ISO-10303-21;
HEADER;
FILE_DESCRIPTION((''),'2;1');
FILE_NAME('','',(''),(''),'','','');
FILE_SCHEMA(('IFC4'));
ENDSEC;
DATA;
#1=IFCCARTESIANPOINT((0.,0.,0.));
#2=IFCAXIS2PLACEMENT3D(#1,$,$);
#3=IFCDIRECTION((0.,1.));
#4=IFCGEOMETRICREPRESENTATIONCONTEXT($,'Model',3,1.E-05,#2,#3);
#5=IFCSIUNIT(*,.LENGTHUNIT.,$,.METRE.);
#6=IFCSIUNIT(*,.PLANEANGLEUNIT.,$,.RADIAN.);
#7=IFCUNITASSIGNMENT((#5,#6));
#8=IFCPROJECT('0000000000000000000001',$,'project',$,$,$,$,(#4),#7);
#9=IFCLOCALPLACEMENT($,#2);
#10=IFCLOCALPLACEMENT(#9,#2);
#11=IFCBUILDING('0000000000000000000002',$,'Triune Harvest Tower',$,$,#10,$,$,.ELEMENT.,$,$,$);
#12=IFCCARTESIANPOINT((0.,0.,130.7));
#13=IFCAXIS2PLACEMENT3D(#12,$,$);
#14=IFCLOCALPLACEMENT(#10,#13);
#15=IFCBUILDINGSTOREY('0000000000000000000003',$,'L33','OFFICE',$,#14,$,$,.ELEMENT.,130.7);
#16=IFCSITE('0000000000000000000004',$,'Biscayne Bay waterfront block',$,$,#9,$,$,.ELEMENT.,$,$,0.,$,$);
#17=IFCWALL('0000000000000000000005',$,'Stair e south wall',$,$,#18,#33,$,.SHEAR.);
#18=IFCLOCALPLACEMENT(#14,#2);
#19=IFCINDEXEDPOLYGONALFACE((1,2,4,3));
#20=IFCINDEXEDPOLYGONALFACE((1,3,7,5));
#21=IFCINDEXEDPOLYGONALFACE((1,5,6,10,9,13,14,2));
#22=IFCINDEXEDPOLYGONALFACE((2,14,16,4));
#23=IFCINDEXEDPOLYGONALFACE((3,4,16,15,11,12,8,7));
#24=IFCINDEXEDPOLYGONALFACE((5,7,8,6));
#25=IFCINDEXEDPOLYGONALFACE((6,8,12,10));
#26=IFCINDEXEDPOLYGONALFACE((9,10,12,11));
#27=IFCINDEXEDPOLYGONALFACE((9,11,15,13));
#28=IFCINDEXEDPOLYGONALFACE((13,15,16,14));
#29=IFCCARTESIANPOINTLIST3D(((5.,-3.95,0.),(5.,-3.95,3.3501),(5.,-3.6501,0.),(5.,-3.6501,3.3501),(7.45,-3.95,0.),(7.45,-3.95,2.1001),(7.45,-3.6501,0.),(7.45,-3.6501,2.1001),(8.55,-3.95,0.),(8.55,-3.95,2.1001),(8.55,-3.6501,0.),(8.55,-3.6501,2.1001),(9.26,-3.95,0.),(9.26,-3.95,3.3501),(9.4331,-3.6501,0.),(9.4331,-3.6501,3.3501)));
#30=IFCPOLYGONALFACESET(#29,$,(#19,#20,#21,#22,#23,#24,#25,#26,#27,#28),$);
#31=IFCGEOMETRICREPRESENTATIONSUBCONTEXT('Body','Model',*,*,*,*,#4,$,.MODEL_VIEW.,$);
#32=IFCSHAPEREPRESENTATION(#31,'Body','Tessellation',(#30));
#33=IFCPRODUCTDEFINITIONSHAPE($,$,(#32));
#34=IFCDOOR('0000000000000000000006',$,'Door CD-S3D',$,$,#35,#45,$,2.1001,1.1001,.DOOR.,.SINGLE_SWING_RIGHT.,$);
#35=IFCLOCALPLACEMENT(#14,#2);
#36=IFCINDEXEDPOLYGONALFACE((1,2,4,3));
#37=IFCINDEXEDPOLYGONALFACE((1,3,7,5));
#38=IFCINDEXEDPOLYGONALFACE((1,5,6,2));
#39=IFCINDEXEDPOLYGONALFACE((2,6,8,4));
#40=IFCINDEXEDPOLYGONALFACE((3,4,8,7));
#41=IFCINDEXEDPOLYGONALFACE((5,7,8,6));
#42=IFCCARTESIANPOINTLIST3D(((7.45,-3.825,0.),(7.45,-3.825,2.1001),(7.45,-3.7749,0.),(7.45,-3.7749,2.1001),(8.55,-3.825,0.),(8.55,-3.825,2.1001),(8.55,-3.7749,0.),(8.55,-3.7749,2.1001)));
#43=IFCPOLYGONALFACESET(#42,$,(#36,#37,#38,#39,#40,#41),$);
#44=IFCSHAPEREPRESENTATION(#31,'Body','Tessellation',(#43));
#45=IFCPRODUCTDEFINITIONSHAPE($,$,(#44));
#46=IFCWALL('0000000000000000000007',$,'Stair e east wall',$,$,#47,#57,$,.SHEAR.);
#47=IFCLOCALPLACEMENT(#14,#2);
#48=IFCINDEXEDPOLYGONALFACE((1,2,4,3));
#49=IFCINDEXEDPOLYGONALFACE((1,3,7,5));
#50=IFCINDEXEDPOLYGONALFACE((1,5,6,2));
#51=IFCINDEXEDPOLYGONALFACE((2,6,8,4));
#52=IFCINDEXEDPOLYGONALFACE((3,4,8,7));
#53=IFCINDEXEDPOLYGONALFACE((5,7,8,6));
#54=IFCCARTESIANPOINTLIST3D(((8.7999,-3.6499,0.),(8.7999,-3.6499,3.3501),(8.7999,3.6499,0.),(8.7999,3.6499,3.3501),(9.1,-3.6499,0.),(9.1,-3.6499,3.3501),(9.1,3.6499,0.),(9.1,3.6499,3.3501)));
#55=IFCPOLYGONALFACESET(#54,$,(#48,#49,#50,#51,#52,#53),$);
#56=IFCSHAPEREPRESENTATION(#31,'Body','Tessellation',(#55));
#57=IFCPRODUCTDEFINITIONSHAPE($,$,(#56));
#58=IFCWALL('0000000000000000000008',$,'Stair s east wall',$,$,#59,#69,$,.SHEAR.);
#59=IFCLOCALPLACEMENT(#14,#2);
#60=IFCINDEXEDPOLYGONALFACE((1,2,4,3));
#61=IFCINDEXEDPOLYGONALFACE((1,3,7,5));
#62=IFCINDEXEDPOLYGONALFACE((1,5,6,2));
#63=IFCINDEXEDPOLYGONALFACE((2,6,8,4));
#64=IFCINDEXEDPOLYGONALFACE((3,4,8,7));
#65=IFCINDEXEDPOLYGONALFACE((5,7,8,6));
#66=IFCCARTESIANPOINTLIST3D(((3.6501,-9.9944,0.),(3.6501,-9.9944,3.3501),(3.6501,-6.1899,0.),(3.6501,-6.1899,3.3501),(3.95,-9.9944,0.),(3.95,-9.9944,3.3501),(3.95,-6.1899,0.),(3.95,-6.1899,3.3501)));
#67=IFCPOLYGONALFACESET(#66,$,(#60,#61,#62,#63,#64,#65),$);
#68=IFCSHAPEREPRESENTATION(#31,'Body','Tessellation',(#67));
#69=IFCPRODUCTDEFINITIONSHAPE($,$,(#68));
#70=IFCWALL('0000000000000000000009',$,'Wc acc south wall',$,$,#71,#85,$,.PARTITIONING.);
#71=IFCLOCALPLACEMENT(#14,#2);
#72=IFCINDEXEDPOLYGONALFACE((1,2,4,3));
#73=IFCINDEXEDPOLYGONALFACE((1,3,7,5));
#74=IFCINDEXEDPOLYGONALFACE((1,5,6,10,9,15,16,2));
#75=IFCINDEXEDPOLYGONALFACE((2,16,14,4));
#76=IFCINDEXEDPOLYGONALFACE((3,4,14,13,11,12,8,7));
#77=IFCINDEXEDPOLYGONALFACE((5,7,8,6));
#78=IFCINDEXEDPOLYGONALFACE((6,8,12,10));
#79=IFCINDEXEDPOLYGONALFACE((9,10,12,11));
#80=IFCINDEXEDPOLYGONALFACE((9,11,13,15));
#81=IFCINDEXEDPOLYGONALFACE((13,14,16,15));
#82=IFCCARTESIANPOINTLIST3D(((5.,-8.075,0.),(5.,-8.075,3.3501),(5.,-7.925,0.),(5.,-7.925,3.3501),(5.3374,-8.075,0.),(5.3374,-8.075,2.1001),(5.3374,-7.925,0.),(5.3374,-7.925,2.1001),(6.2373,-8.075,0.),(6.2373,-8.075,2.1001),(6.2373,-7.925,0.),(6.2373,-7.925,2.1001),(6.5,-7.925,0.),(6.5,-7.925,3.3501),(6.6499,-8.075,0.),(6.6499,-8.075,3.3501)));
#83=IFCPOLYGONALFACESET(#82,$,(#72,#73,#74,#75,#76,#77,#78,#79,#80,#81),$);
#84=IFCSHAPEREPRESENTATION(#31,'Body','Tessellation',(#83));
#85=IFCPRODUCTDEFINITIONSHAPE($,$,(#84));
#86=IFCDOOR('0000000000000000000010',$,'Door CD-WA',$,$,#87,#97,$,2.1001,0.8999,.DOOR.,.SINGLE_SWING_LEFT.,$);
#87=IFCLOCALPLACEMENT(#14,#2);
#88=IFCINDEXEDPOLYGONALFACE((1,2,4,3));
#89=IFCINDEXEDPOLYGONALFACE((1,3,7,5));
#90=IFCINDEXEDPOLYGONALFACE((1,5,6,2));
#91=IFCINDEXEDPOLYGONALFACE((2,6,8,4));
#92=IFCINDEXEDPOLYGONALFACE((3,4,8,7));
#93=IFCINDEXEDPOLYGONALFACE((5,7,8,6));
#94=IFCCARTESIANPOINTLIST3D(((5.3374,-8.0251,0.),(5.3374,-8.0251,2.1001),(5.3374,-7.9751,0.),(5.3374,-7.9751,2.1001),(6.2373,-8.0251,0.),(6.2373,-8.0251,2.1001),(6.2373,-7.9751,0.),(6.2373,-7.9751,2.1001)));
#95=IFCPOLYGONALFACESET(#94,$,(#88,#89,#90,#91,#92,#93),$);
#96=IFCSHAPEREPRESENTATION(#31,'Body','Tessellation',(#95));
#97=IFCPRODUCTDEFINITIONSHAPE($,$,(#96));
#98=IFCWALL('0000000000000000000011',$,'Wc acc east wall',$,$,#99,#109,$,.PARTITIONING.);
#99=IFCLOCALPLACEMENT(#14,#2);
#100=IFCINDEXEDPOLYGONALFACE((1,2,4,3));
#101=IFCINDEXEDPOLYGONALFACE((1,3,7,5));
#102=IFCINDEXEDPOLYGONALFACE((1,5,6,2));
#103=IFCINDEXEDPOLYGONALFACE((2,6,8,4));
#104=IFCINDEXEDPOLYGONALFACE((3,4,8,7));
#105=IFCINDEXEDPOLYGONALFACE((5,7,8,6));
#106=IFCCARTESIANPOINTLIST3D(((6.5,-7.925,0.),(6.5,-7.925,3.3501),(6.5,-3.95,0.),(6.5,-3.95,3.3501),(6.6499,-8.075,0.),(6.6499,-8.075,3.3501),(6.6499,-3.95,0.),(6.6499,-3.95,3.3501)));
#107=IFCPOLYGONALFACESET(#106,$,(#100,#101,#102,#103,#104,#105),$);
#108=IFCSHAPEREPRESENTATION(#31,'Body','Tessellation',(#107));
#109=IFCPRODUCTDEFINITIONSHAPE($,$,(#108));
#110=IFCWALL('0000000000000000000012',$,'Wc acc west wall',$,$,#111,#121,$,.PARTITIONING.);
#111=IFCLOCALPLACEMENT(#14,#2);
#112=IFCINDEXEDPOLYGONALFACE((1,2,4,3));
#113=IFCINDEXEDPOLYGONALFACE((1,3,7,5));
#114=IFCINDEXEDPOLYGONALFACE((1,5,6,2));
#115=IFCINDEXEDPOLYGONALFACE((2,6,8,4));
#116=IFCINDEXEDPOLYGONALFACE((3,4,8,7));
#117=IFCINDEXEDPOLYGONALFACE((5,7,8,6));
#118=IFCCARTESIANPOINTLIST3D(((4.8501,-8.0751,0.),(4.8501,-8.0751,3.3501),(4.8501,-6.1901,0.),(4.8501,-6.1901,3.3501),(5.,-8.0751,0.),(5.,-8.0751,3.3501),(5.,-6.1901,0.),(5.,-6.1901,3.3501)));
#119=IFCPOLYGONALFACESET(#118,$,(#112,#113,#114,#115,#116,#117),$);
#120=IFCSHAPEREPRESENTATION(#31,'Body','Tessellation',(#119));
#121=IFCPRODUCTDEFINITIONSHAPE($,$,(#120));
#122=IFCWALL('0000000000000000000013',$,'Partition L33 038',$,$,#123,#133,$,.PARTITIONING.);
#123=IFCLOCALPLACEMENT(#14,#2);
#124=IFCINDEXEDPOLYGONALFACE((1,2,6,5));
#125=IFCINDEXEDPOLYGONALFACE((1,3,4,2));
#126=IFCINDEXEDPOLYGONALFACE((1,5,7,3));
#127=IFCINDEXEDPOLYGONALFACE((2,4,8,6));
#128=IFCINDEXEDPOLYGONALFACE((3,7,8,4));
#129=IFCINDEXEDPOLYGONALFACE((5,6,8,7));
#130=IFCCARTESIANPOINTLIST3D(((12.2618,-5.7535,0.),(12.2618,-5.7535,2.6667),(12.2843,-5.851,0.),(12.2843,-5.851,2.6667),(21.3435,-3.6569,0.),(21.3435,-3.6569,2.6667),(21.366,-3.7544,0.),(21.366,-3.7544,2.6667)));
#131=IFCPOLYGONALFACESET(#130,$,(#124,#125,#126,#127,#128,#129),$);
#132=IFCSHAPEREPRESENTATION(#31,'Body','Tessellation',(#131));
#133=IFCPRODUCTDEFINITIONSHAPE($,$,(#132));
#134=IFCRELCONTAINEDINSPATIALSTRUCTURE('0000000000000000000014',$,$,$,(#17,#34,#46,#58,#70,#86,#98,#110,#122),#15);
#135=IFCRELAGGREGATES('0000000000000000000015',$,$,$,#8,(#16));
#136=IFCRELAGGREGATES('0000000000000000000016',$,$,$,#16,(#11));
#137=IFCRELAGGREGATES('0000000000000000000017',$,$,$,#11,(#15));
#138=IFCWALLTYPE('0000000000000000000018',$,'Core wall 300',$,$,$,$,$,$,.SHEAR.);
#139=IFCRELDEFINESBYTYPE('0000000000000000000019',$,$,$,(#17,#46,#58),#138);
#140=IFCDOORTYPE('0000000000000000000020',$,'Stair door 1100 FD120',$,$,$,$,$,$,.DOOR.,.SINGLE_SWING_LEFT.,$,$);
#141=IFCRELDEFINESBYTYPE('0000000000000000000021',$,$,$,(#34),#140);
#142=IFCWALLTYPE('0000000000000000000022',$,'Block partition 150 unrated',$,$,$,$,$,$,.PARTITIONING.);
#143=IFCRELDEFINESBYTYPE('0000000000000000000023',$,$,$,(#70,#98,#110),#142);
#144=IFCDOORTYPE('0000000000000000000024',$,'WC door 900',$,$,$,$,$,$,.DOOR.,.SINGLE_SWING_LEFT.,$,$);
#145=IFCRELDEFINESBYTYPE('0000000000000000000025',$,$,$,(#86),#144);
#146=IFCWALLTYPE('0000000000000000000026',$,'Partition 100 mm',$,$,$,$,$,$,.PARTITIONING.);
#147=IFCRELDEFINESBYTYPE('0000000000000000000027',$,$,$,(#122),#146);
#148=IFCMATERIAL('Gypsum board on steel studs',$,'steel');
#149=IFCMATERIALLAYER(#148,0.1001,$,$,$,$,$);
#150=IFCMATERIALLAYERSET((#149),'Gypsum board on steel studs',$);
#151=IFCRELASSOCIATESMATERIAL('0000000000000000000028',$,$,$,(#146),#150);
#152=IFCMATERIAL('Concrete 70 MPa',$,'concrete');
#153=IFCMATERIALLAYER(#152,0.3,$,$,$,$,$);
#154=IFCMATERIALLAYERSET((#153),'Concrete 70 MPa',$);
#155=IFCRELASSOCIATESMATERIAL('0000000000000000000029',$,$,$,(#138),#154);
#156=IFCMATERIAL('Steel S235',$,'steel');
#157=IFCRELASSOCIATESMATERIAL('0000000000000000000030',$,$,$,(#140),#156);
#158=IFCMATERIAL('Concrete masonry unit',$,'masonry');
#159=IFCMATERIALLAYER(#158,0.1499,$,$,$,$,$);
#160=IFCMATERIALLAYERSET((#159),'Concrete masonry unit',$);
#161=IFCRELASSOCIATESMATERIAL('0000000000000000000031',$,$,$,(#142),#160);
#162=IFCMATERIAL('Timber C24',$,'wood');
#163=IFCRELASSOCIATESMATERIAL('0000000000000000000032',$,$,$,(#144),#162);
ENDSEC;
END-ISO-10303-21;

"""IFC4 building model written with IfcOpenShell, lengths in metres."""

from ifc_helpers import new_model, si_unit, direction, frame, frame_2d, origin, place, context, subcontext, project, spatial, polyline, rectangle, outline, extrude, source, transform, mapped, material, layer, layer_set, type_object, element, fill, save


model = new_model("IFC4")

# Units and contexts
model_context = context("Model", 3, precision=1e-05, world=origin(), true_north=direction((0.0, 1.0)))
body_context = subcontext(model_context, "Body", "Model", "MODEL_VIEW")
ifc_project = project(units=[si_unit("LENGTHUNIT", "METRE"), si_unit("PLANEANGLEUNIT", "RADIAN")], contexts=[model_context])

# Site, building, storey
site_placement = place(None, origin())
site = spatial("IfcSite", under=ifc_project, at=site_placement, Name="Biscayne Bay waterfront block", CompositionType="ELEMENT", RefElevation=0.0)
building_placement = place(site_placement, origin())
building = spatial("IfcBuilding", under=site, at=building_placement, Name="Triune Harvest Tower", CompositionType="ELEMENT")
storey_placement = place(building_placement, frame((0.0, 0.0, 130.7)))
storey = spatial("IfcBuildingStorey", under=building, at=storey_placement, Name="L33", Description="OFFICE", CompositionType="ELEMENT", Elevation=130.7)

# Shared definitions
ifc_material_1 = material(Name="Gypsum board on steel studs", Category="steel")
ifc_layer_1 = layer(ifc_material_1, 0.1001)
ifc_layer_set_1 = layer_set([ifc_layer_1], Name="Gypsum board on steel studs")
wall_type_1 = type_object("IfcWallType", Name="Partition 100 mm", PredefinedType="PARTITIONING", material=ifc_layer_set_1)

# Shared definitions
ifc_material_2 = material(Name="Concrete 70 MPa", Category="concrete")
ifc_layer_2 = layer(ifc_material_2, 0.3)
ifc_layer_set_2 = layer_set([ifc_layer_2], Name="Concrete 70 MPa")
wall_type_2 = type_object("IfcWallType", Name="Core wall 300", PredefinedType="SHEAR", material=ifc_layer_set_2)

# Wall, opening, door
ifc_material_3 = material(Name="Steel S235", Category="steel")
door_type_1 = type_object("IfcDoorType", Name="Stair door 1100 FD120", OperationType="SINGLE_SWING_LEFT", PredefinedType="DOOR", material=ifc_material_3)
shared_shape_1 = source(origin(), body_context, "Body", "SweptSolid", [
    extrude(outline(polyline([(0.0, -0.1499), (0.0, 0.1499), (4.4331, 0.1499), (4.26, -0.1499), (0.0, -0.1499)])), origin(), (0.0, 0.0, 1.0), 3.3501),
])
wall_1_placement = place(storey_placement, frame((5.0, -3.8, 0.0), z_axis=(0.0, 0.0, 1.0), x_axis=(1.0, 0.0, 0.0)))
wall_1 = element("IfcWall", 1, at=wall_1_placement, inside=storey, type_object=wall_type_2, Name="Stair e south wall", PredefinedType="SHEAR", context=body_context, shape_type="MappedRepresentation", body=[
    mapped(shared_shape_1, transform((0.0, 0.0, 0.0), scale=1.0)),
])
opening_1_placement = place(wall_1_placement, frame((2.45, 0.0, 0.0)))
opening_1 = element("IfcOpeningElement", 2, at=opening_1_placement, cuts=wall_1, PredefinedType="OPENING", context=body_context, shape_type="SweptSolid", body=[
    extrude(rectangle(XDim=1.1001, YDim=2.1001, at=frame_2d((0.55, 1.05))), frame((0.0, 0.1602, 0.0), z_axis=(0.0, -1.0, 0.0), x_axis=(1.0, 0.0, 0.0)), (0.0, 0.0, 1.0), 0.3201),
])
door_1_placement = place(opening_1_placement, frame((1.1001, 0.0, 0.0), z_axis=(0.0, 0.0, 1.0), x_axis=(-1.0, 0.0, 0.0)))
door_1 = element("IfcDoor", 3, at=door_1_placement, inside=storey, type_object=door_type_1, Name="Door CD-S3D", OperationType="SINGLE_SWING_RIGHT", OverallHeight=2.1001, OverallWidth=1.1001, PredefinedType="DOOR", context=body_context, shape_type="SweptSolid", body=[
    extrude(rectangle(XDim=1.1001, YDim=2.1001, at=frame_2d((0.55, 1.05))), frame((0.0, 0.0249, 0.0), z_axis=(0.0, -1.0, 0.0), x_axis=(1.0, 0.0, 0.0)), (0.0, 0.0, 1.0), 0.05),
])
fill(opening_1, door_1)

# Walls
shared_shape_2 = source(origin(), body_context, "Body", "SweptSolid", [
    extrude(rectangle(XDim=7.2998, YDim=0.3, at=frame_2d((3.6499, 0.0))), origin(), (0.0, 0.0, 1.0), 3.3501),
])
wall_2_placement = place(storey_placement, frame((8.95, -3.6499, 0.0), z_axis=(0.0, 0.0, 1.0), x_axis=(0.0, 1.0, 0.0)))
element("IfcWall", 4, at=wall_2_placement, inside=storey, type_object=wall_type_2, Name="Stair e east wall", PredefinedType="SHEAR", context=body_context, shape_type="MappedRepresentation", body=[
    mapped(shared_shape_2, transform((0.0, 0.0, 0.0), scale=1.0)),
])
shared_shape_3 = source(origin(), body_context, "Body", "SweptSolid", [
    extrude(outline(polyline([(3.8, -0.1499), (-0.0044, -0.1499), (-0.0044, 0.1499), (3.8, 0.1499), (3.8, -0.1499)])), origin(), (0.0, 0.0, 1.0), 3.3501),
])
wall_3_placement = place(storey_placement, frame((3.8, -9.99, 0.0), z_axis=(0.0, 0.0, 1.0), x_axis=(0.0, 1.0, 0.0)))
element("IfcWall", 5, at=wall_3_placement, inside=storey, type_object=wall_type_2, Name="Stair s east wall", PredefinedType="SHEAR", context=body_context, shape_type="MappedRepresentation", body=[
    mapped(shared_shape_3, transform((0.0, 0.0, 0.0), scale=1.0)),
])

# Wall, opening, door
ifc_material_4 = material(Name="Concrete masonry unit", Category="masonry")
ifc_layer_3 = layer(ifc_material_4, 0.1499)
ifc_layer_set_3 = layer_set([ifc_layer_3], Name="Concrete masonry unit")
wall_type_3 = type_object("IfcWallType", Name="Block partition 150 unrated", PredefinedType="PARTITIONING", material=ifc_layer_set_3)
shared_shape_4 = source(origin(), body_context, "Body", "SweptSolid", [
    extrude(outline(polyline([(0.0, -0.075), (1.6499, -0.075), (1.5, 0.075), (0.0, 0.075), (0.0, -0.075)])), origin(), (0.0, 0.0, 1.0), 3.3501),
])
wall_4_placement = place(storey_placement, frame((5.0, -8.0, 0.0), z_axis=(0.0, 0.0, 1.0), x_axis=(1.0, 0.0, 0.0)))
wall_4 = element("IfcWall", 6, at=wall_4_placement, inside=storey, type_object=wall_type_3, Name="Wc acc south wall", PredefinedType="PARTITIONING", context=body_context, shape_type="MappedRepresentation", body=[
    mapped(shared_shape_4, transform((0.0, 0.0, 0.0), scale=1.0)),
])
opening_2_placement = place(wall_4_placement, frame((0.3374, 0.0, 0.0)))
opening_2 = element("IfcOpeningElement", 7, at=opening_2_placement, cuts=wall_4, PredefinedType="OPENING", context=body_context, shape_type="SweptSolid", body=[
    extrude(rectangle(XDim=0.8999, YDim=2.1001, at=frame_2d((0.45, 1.05))), frame((0.0, 0.085, 0.0), z_axis=(0.0, -1.0, 0.0), x_axis=(1.0, 0.0, 0.0)), (0.0, 0.0, 1.0), 0.1699),
])
ifc_material_5 = material(Name="Timber C24", Category="wood")
door_type_2 = type_object("IfcDoorType", Name="WC door 900", OperationType="SINGLE_SWING_LEFT", PredefinedType="DOOR", material=ifc_material_5)
door_2_placement = place(opening_2_placement, origin())
door_2 = element("IfcDoor", 8, at=door_2_placement, inside=storey, type_object=door_type_2, Name="Door CD-WA", OperationType="SINGLE_SWING_LEFT", OverallHeight=2.1001, OverallWidth=0.8999, PredefinedType="DOOR", context=body_context, shape_type="SweptSolid", body=[
    extrude(rectangle(XDim=0.8999, YDim=2.1001, at=frame_2d((0.45, 1.05))), frame((0.0, 0.0249, 0.0), z_axis=(0.0, -1.0, 0.0), x_axis=(1.0, 0.0, 0.0)), (0.0, 0.0, 1.0), 0.05),
])
fill(opening_2, door_2)

# Walls
shared_shape_5 = source(origin(), body_context, "Body", "SweptSolid", [
    extrude(outline(polyline([(-0.075, -0.075), (4.05, -0.075), (4.05, 0.075), (0.075, 0.075), (-0.075, -0.075)])), origin(), (0.0, 0.0, 1.0), 3.3501),
])
wall_5_placement = place(storey_placement, frame((6.575, -8.0, 0.0), z_axis=(0.0, 0.0, 1.0), x_axis=(0.0, 1.0, 0.0)))
element("IfcWall", 9, at=wall_5_placement, inside=storey, type_object=wall_type_3, Name="Wc acc east wall", PredefinedType="PARTITIONING", context=body_context, shape_type="MappedRepresentation", body=[
    mapped(shared_shape_5, transform((0.0, 0.0, 0.0), scale=1.0)),
])
shared_shape_6 = source(origin(), body_context, "Body", "SweptSolid", [
    extrude(rectangle(XDim=1.885, YDim=0.1499, at=frame_2d((0.9424, 0.0))), origin(), (0.0, 0.0, 1.0), 3.3501),
])
wall_6_placement = place(storey_placement, frame((4.925, -8.075, 0.0), z_axis=(0.0, 0.0, 1.0), x_axis=(0.0, 1.0, 0.0)))
element("IfcWall", 10, at=wall_6_placement, inside=storey, type_object=wall_type_3, Name="Wc acc west wall", PredefinedType="PARTITIONING", context=body_context, shape_type="MappedRepresentation", body=[
    mapped(shared_shape_6, transform((0.0, 0.0, 0.0), scale=1.0)),
])
shared_shape_7 = source(origin(), body_context, "Body", "SweptSolid", [
    extrude(rectangle(XDim=9.3206, YDim=0.1001, at=frame_2d((4.6602, 0.0))), origin(), (0.0, 0.0, 1.0), 2.6667),
])
wall_7_placement = place(storey_placement, frame((12.2732, -5.8022, 0.0), z_axis=(0.0, 0.0, 1.0), x_axis=(0.97437, 0.224949, 0.0)))
element("IfcWall", 11, at=wall_7_placement, inside=storey, type_object=wall_type_1, Name="Partition L33 038", PredefinedType="PARTITIONING", context=body_context, shape_type="MappedRepresentation", body=[
    mapped(shared_shape_7, transform((0.0, 0.0, 0.0), scale=1.0)),
])

save(model, "model.ifc")
